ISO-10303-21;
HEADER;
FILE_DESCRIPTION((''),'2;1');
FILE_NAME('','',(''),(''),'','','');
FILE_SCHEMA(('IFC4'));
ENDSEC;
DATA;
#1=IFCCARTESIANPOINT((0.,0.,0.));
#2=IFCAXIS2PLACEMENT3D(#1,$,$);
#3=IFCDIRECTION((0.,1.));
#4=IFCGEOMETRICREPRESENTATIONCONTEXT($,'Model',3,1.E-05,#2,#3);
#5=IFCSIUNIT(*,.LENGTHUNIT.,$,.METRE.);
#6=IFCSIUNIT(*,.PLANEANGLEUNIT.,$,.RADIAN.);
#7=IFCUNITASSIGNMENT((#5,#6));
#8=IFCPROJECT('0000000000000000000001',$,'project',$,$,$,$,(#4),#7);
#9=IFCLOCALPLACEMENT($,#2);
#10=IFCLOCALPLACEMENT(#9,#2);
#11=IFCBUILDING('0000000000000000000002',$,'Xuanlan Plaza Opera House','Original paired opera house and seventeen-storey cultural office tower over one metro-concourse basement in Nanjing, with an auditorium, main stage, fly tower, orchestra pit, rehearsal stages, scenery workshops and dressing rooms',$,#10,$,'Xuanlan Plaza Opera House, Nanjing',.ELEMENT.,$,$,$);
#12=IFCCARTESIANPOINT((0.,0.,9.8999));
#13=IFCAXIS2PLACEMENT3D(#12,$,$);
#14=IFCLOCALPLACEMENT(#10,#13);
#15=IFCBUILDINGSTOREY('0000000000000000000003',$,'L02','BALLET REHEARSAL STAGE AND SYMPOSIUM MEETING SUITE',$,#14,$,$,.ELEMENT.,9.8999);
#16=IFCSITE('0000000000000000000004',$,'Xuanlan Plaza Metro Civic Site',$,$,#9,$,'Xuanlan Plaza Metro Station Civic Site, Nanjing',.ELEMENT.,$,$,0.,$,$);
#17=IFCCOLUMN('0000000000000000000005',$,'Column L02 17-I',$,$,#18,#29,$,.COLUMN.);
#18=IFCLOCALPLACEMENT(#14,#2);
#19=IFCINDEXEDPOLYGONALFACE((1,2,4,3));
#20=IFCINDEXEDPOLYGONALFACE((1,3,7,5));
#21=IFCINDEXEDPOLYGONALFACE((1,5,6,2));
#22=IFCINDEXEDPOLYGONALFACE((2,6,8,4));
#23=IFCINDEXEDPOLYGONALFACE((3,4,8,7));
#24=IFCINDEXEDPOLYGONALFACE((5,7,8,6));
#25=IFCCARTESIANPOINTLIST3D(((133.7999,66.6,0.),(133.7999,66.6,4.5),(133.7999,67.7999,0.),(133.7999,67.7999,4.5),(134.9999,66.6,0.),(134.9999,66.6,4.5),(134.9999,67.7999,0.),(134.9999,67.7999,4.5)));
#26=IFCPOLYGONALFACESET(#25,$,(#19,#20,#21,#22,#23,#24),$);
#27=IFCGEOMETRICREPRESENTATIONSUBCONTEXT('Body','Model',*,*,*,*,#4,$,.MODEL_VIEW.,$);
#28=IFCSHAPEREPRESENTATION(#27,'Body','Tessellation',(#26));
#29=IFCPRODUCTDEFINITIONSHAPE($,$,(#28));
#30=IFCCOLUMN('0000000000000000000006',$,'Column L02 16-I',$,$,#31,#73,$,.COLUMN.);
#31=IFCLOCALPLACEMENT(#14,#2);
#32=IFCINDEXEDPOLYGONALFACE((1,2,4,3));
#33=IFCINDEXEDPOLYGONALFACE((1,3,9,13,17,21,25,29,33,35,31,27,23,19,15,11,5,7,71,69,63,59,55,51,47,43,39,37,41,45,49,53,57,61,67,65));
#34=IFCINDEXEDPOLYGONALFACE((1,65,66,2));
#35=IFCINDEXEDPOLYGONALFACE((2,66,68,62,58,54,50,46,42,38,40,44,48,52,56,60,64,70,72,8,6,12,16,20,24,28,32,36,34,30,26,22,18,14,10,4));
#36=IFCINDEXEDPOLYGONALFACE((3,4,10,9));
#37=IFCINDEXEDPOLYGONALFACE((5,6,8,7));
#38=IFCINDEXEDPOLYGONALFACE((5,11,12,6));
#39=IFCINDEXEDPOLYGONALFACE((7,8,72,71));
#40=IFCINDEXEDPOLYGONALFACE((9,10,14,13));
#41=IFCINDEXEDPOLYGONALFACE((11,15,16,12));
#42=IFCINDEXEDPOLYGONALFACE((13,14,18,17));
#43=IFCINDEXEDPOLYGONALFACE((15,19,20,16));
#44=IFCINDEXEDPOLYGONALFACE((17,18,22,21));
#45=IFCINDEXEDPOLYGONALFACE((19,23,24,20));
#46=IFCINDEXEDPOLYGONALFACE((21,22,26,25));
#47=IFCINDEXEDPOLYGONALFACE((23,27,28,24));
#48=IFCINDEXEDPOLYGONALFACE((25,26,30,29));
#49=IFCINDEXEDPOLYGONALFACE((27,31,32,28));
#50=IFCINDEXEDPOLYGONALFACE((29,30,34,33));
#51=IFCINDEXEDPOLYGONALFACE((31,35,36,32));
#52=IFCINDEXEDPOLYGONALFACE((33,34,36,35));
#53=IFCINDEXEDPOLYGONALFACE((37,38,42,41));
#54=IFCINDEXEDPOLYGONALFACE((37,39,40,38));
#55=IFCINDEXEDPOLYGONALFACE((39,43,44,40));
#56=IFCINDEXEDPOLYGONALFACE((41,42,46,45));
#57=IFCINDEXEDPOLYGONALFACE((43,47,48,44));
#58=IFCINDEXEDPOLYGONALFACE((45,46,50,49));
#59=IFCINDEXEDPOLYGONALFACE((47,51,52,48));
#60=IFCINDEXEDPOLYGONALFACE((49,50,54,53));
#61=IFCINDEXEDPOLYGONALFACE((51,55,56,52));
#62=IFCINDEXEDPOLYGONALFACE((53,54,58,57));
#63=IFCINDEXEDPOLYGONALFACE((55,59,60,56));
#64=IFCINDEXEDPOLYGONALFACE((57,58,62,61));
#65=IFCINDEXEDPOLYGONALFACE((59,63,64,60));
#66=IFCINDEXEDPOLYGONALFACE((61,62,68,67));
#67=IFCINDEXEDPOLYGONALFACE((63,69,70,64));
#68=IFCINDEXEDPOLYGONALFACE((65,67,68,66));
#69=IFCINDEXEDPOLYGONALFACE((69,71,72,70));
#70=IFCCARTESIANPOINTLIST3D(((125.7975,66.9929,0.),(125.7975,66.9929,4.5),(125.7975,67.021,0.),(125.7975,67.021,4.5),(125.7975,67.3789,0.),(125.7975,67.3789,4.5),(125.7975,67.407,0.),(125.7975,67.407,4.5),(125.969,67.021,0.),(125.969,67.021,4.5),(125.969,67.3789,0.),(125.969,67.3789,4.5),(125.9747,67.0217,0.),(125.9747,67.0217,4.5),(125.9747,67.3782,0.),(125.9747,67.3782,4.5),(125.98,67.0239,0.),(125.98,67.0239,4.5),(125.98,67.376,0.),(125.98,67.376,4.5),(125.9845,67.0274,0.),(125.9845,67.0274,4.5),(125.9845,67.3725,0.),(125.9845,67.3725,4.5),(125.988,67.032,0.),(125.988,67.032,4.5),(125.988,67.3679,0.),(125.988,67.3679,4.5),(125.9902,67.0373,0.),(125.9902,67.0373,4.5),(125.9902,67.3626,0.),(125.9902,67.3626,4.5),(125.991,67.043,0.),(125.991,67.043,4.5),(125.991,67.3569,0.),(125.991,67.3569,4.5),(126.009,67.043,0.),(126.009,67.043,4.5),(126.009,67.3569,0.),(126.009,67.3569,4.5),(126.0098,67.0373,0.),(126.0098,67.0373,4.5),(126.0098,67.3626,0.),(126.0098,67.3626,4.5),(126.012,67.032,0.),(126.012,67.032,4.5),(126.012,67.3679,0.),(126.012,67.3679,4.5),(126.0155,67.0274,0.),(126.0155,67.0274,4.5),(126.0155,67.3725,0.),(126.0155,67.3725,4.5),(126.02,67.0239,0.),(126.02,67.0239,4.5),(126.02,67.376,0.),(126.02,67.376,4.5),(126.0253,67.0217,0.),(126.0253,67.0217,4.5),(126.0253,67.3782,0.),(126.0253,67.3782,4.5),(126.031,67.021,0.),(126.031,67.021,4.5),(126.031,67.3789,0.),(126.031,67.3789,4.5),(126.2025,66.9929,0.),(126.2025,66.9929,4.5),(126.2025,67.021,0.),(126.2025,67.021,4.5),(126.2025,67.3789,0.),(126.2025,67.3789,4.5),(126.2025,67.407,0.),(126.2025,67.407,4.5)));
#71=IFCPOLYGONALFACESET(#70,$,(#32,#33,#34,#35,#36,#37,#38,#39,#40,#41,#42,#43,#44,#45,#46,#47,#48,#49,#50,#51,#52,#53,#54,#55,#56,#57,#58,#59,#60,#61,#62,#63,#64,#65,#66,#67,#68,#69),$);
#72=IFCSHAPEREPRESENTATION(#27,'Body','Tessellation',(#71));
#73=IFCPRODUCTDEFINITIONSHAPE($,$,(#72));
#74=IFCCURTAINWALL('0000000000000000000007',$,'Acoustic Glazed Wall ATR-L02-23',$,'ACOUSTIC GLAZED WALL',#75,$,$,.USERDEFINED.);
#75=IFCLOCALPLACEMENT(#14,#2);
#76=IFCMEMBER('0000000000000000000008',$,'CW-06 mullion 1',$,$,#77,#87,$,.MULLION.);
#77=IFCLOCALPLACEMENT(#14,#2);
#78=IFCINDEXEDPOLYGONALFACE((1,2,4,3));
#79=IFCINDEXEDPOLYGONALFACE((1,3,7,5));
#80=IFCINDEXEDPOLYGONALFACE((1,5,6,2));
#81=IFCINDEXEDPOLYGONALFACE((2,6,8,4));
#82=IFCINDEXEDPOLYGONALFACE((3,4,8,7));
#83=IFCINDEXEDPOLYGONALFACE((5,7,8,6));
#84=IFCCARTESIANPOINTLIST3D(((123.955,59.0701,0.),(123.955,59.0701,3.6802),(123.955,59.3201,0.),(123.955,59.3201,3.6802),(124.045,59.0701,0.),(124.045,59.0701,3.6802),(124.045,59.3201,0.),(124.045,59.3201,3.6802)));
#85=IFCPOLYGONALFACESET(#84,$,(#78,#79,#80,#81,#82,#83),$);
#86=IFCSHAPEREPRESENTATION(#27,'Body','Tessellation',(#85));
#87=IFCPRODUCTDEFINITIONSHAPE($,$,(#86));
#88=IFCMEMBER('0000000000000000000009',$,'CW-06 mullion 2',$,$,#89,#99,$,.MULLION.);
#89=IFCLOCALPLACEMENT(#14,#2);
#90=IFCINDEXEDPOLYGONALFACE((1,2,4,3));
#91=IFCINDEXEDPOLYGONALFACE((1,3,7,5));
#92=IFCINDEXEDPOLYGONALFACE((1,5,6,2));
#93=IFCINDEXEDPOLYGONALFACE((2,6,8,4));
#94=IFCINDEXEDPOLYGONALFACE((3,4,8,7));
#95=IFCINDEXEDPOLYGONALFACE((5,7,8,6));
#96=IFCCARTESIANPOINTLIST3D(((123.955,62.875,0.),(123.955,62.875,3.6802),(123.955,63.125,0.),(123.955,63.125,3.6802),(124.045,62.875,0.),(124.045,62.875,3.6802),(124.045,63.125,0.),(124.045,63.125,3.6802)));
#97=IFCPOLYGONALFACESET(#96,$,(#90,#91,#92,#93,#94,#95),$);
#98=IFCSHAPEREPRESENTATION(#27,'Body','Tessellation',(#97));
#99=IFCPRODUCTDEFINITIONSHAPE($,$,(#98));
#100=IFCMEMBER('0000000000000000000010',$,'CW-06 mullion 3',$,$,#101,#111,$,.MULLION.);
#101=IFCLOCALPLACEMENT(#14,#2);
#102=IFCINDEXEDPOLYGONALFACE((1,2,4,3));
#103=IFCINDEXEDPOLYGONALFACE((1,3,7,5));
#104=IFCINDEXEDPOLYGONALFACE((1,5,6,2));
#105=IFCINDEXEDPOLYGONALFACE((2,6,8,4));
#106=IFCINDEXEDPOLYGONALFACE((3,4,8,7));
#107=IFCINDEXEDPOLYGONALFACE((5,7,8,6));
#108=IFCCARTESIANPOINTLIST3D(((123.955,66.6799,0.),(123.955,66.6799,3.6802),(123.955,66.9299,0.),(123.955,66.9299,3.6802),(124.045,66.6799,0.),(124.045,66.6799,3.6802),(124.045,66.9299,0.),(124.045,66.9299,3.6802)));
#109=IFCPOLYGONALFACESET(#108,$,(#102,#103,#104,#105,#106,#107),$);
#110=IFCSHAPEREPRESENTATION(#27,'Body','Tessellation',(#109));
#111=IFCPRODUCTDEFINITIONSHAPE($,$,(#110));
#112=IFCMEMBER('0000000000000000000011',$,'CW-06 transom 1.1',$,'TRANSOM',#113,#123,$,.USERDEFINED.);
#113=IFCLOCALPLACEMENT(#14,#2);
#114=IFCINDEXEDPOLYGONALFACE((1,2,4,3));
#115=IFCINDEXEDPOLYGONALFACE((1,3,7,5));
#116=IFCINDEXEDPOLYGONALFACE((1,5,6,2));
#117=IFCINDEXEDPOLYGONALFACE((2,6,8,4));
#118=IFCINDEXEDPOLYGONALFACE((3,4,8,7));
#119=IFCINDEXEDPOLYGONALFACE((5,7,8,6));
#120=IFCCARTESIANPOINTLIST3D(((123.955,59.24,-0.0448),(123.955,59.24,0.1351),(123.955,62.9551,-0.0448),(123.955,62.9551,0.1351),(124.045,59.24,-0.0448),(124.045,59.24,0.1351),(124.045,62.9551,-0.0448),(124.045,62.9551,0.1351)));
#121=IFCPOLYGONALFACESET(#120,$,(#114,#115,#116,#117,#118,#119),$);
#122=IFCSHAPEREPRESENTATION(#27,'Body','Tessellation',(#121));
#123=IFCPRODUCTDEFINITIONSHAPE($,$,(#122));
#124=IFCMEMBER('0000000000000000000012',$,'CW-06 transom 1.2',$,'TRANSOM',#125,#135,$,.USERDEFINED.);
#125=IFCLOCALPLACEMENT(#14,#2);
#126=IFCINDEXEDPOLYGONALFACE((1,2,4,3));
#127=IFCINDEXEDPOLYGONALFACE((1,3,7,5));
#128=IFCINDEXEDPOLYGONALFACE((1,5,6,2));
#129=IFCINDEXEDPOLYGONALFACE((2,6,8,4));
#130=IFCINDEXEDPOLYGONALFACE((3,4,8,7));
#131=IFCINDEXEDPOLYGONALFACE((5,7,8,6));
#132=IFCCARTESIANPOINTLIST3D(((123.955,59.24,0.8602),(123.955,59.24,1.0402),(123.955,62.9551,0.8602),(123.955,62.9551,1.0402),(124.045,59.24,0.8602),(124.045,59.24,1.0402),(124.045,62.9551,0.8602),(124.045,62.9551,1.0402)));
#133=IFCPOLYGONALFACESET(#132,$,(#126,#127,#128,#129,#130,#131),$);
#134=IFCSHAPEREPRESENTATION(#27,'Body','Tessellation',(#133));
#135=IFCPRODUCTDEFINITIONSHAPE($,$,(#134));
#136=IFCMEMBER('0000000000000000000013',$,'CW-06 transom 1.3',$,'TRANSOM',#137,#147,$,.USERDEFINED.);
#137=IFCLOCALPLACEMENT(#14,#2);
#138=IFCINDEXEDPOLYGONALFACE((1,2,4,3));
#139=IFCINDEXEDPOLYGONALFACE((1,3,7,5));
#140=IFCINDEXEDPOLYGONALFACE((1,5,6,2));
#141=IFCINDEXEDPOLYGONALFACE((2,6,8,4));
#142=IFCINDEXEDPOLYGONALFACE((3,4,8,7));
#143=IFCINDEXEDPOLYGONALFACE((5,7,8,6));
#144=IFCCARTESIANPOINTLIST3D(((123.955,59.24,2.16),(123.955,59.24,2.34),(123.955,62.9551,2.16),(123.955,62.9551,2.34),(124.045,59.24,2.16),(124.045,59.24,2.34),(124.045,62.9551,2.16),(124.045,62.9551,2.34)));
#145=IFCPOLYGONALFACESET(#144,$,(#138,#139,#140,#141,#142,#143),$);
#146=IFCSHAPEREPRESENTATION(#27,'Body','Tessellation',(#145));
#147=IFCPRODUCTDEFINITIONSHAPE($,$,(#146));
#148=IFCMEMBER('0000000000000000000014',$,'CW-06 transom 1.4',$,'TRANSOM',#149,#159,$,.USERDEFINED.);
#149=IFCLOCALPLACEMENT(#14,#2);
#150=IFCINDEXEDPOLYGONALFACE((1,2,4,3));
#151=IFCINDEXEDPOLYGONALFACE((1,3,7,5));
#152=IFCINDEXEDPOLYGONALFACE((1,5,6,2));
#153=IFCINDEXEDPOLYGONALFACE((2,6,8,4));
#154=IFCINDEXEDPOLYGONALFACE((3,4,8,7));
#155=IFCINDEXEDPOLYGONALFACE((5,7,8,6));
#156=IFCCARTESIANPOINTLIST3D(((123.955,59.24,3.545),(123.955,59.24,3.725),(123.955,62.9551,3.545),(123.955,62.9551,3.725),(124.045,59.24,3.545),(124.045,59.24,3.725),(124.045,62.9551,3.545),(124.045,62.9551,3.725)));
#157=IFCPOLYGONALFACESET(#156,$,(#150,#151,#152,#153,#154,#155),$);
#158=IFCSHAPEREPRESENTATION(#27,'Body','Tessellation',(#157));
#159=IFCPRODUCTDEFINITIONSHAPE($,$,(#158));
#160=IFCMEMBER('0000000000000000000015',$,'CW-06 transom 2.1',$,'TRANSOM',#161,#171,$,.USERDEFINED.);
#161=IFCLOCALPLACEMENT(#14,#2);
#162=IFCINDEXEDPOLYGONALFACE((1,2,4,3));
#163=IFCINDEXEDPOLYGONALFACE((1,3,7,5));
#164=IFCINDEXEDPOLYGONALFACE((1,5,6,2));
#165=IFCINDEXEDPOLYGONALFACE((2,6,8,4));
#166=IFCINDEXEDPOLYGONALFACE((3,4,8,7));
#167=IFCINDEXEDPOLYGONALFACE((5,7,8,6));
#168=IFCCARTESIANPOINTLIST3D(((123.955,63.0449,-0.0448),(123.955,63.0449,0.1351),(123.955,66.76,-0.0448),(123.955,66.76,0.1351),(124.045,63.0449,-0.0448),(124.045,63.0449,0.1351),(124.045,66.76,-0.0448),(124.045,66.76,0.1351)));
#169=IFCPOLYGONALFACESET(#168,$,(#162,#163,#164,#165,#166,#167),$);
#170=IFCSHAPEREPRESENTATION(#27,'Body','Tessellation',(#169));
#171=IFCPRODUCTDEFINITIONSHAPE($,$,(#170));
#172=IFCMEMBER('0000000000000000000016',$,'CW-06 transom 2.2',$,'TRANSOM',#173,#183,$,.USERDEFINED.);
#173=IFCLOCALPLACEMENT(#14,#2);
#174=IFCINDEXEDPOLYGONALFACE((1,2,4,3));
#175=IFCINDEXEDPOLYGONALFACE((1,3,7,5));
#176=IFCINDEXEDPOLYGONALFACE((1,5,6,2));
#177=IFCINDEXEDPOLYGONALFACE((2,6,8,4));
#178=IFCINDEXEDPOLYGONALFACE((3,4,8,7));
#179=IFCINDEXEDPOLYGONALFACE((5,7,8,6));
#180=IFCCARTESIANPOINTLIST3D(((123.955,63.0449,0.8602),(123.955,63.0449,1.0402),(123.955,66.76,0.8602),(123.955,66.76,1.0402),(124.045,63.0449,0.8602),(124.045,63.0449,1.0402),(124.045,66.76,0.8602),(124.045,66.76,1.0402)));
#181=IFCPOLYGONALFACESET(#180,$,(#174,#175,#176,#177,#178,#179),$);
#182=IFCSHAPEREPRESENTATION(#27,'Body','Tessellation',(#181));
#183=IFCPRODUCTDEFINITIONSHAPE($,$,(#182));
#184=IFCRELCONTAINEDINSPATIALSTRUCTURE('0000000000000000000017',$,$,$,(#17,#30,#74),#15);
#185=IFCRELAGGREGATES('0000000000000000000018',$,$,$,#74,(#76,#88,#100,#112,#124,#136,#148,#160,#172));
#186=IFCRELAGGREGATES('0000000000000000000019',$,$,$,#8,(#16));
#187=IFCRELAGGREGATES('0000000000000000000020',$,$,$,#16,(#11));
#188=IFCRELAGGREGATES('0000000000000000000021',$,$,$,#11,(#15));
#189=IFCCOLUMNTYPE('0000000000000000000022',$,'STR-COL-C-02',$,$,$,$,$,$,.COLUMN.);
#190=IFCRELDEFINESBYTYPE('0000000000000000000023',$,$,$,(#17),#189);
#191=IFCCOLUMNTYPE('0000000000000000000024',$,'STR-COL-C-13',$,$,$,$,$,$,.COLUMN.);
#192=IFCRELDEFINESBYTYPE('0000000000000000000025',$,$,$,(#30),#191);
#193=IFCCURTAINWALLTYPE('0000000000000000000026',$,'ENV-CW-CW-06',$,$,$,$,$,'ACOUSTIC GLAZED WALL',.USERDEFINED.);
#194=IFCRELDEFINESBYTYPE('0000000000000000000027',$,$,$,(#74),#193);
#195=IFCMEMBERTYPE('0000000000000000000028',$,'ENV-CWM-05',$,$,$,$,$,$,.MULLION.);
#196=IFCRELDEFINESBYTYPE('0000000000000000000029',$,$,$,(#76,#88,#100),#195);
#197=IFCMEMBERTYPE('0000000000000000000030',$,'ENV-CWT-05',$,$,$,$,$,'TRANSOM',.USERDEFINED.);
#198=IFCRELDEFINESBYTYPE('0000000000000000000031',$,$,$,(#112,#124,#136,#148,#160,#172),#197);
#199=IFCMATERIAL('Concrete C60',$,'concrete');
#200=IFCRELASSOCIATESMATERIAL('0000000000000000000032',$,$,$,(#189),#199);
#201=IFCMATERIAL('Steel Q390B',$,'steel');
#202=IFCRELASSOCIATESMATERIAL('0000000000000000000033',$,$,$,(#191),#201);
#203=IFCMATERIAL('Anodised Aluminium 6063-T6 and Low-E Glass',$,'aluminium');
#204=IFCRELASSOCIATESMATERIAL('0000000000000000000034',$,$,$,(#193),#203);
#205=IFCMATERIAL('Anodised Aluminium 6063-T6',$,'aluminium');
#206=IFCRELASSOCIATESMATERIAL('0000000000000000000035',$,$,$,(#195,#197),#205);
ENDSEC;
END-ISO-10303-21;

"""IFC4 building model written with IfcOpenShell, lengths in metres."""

from ifc_helpers import new_model, si_unit, direction, frame, origin, origin_2d, place, context, subcontext, project, spatial, rectangle, i_section, extrude, material, material_profile, profile_set, type_object, element, aggregate, save


model = new_model("IFC4")

# Units and contexts
model_context = context("Model", 3, precision=1e-05, world=origin(), true_north=direction((0.0, 1.0)))
body_context = subcontext(model_context, "Body", "Model", "MODEL_VIEW")
ifc_project = project(units=[si_unit("LENGTHUNIT", "METRE"), si_unit("PLANEANGLEUNIT", "RADIAN")], contexts=[model_context])

# Site, building, storey
site_placement = place(None, origin())
site = spatial("IfcSite", under=ifc_project, at=site_placement, Name="Xuanlan Plaza Metro Civic Site", LongName="Xuanlan Plaza Metro Station Civic Site, Nanjing", CompositionType="ELEMENT", RefElevation=0.0)
building_placement = place(site_placement, origin())
building = spatial("IfcBuilding", under=site, at=building_placement, Name="Xuanlan Plaza Opera House", Description="Original paired opera house and seventeen-storey cultural office tower over one metro-concourse basement in Nanjing, with an auditorium, main stage, fly tower, orchestra pit, rehearsal stages, scenery workshops and dressing rooms", LongName="Xuanlan Plaza Opera House, Nanjing", CompositionType="ELEMENT")
storey_placement = place(building_placement, frame((0.0, 0.0, 9.8999)))
storey = spatial("IfcBuildingStorey", under=building, at=storey_placement, Name="L02", Description="BALLET REHEARSAL STAGE AND SYMPOSIUM MEETING SUITE", CompositionType="ELEMENT", Elevation=9.8999)

# Columns
ifc_material_1 = material(Name="Concrete C60", Category="concrete")
ifc_material_profile_1 = material_profile(ifc_material_1, rectangle(XDim=1.2, YDim=1.2, at=origin_2d()), Name="RC-COL 1200x1200")
ifc_profile_set_1 = profile_set([ifc_material_profile_1], Name="Concrete C60")
column_type_1 = type_object("IfcColumnType", Name="STR-COL-C-02", PredefinedType="COLUMN", material=ifc_profile_set_1)
column_1_placement = place(storey_placement, frame((134.3999, 67.2, 0.0), z_axis=(0.0, 0.0, 1.0), x_axis=(1.0, 0.0, 0.0)))
element("IfcColumn", 1, at=column_1_placement, inside=storey, type_object=column_type_1, Name="Column L02 17-I", PredefinedType="COLUMN", context=body_context, shape_type="SweptSolid", body=[
    extrude(rectangle(XDim=1.2, YDim=1.2, at=origin_2d()), origin(), (0.0, 0.0, 1.0), 4.5),
])
ifc_material_2 = material(Name="Steel Q390B", Category="steel")
ifc_material_profile_2 = material_profile(ifc_material_2, i_section(OverallWidth=0.405, OverallDepth=0.4141, WebThickness=0.0181, FlangeThickness=0.0281, FilletRadius=0.022, at=origin_2d()), Name="HW 414x405x18x28")
ifc_profile_set_2 = profile_set([ifc_material_profile_2], Name="Steel Q390B")
column_type_2 = type_object("IfcColumnType", Name="STR-COL-C-13", PredefinedType="COLUMN", material=ifc_profile_set_2)
column_2_placement = place(storey_placement, frame((126.0, 67.2, 0.0), z_axis=(0.0, 0.0, 1.0), x_axis=(1.0, 0.0, 0.0)))
element("IfcColumn", 2, at=column_2_placement, inside=storey, type_object=column_type_2, Name="Column L02 16-I", PredefinedType="COLUMN", context=body_context, shape_type="SweptSolid", body=[
    extrude(i_section(OverallWidth=0.405, OverallDepth=0.4141, WebThickness=0.0181, FlangeThickness=0.0281, FilletRadius=0.022, at=origin_2d()), origin(), (0.0, 0.0, 1.0), 4.5),
])

# Curtain wall, members
ifc_material_3 = material(Name="Anodised Aluminium 6063-T6 and Low-E Glass", Category="aluminium")
curtain_wall_type = type_object("IfcCurtainWallType", Name="ENV-CW-CW-06", ElementType="ACOUSTIC GLAZED WALL", PredefinedType="USERDEFINED", material=ifc_material_3)
curtain_wall_placement = place(storey_placement, origin())
curtain_wall = element("IfcCurtainWall", 3, at=curtain_wall_placement, inside=storey, type_object=curtain_wall_type, Name="Acoustic Glazed Wall ATR-L02-23", ObjectType="ACOUSTIC GLAZED WALL", PredefinedType="USERDEFINED")
ifc_material_4 = material(Name="Anodised Aluminium 6063-T6", Category="aluminium")
ifc_material_profile_3 = material_profile(ifc_material_4, rectangle(XDim=0.0901, YDim=0.25, at=origin_2d()), Name="ALU-M 90x250")
ifc_profile_set_3 = profile_set([ifc_material_profile_3], Name="Anodised Aluminium 6063-T6")
member_type_1 = type_object("IfcMemberType", Name="ENV-CWM-05", PredefinedType="MULLION", material=ifc_profile_set_3)
member_1_placement = place(storey_placement, frame((124.0, 59.1951, 0.0), z_axis=(0.0, 0.0, 1.0), x_axis=(-1.0, 0.0, 0.0)))
member_1 = element("IfcMember", 4, at=member_1_placement, type_object=member_type_1, Name="CW-06 mullion 1", PredefinedType="MULLION", context=body_context, shape_type="SweptSolid", body=[
    extrude(rectangle(XDim=0.0901, YDim=0.25, at=origin_2d()), origin(), (0.0, 0.0, 1.0), 3.6802),
])
member_2_placement = place(storey_placement, frame((124.0, 63.0, 0.0), z_axis=(0.0, 0.0, 1.0), x_axis=(-1.0, 0.0, 0.0)))
member_2 = element("IfcMember", 5, at=member_2_placement, type_object=member_type_1, Name="CW-06 mullion 2", PredefinedType="MULLION", context=body_context, shape_type="SweptSolid", body=[
    extrude(rectangle(XDim=0.0901, YDim=0.25, at=origin_2d()), origin(), (0.0, 0.0, 1.0), 3.6802),
])
member_3_placement = place(storey_placement, frame((124.0, 66.8049, 0.0), z_axis=(0.0, 0.0, 1.0), x_axis=(-1.0, 0.0, 0.0)))
member_3 = element("IfcMember", 6, at=member_3_placement, type_object=member_type_1, Name="CW-06 mullion 3", PredefinedType="MULLION", context=body_context, shape_type="SweptSolid", body=[
    extrude(rectangle(XDim=0.0901, YDim=0.25, at=origin_2d()), origin(), (0.0, 0.0, 1.0), 3.6802),
])
ifc_material_profile_4 = material_profile(ifc_material_4, rectangle(XDim=0.0901, YDim=0.1799, at=origin_2d()), Name="ALU-T 90x180")
ifc_profile_set_4 = profile_set([ifc_material_profile_4], Name="Anodised Aluminium 6063-T6")
member_type_2 = type_object("IfcMemberType", Name="ENV-CWT-05", ElementType="TRANSOM", PredefinedType="USERDEFINED", material=ifc_profile_set_4)
member_4_placement = place(storey_placement, frame((124.0, 59.24, 0.0452), z_axis=(0.0, 1.0, 0.0), x_axis=(-1.0, 0.0, 0.0)))
member_4 = element("IfcMember", 7, at=member_4_placement, type_object=member_type_2, Name="CW-06 transom 1.1", ObjectType="TRANSOM", PredefinedType="USERDEFINED", context=body_context, shape_type="SweptSolid", body=[
    extrude(rectangle(XDim=0.0901, YDim=0.1799, at=origin_2d()), origin(), (0.0, 0.0, 1.0), 3.7151),
])
member_5_placement = place(storey_placement, frame((124.0, 59.24, 0.9502), z_axis=(0.0, 1.0, 0.0), x_axis=(-1.0, 0.0, 0.0)))
member_5 = element("IfcMember", 8, at=member_5_placement, type_object=member_type_2, Name="CW-06 transom 1.2", ObjectType="TRANSOM", PredefinedType="USERDEFINED", context=body_context, shape_type="SweptSolid", body=[
    extrude(rectangle(XDim=0.0901, YDim=0.1799, at=origin_2d()), origin(), (0.0, 0.0, 1.0), 3.7151),
])
member_6_placement = place(storey_placement, frame((124.0, 59.24, 2.25), z_axis=(0.0, 1.0, 0.0), x_axis=(-1.0, 0.0, 0.0)))
member_6 = element("IfcMember", 9, at=member_6_placement, type_object=member_type_2, Name="CW-06 transom 1.3", ObjectType="TRANSOM", PredefinedType="USERDEFINED", context=body_context, shape_type="SweptSolid", body=[
    extrude(rectangle(XDim=0.0901, YDim=0.1799, at=origin_2d()), origin(), (0.0, 0.0, 1.0), 3.7151),
])
member_7_placement = place(storey_placement, frame((124.0, 59.24, 3.635), z_axis=(0.0, 1.0, 0.0), x_axis=(-1.0, 0.0, 0.0)))
member_7 = element("IfcMember", 10, at=member_7_placement, type_object=member_type_2, Name="CW-06 transom 1.4", ObjectType="TRANSOM", PredefinedType="USERDEFINED", context=body_context, shape_type="SweptSolid", body=[
    extrude(rectangle(XDim=0.0901, YDim=0.1799, at=origin_2d()), origin(), (0.0, 0.0, 1.0), 3.7151),
])
member_8_placement = place(storey_placement, frame((124.0, 63.0449, 0.0452), z_axis=(0.0, 1.0, 0.0), x_axis=(-1.0, 0.0, 0.0)))
member_8 = element("IfcMember", 11, at=member_8_placement, type_object=member_type_2, Name="CW-06 transom 2.1", ObjectType="TRANSOM", PredefinedType="USERDEFINED", context=body_context, shape_type="SweptSolid", body=[
    extrude(rectangle(XDim=0.0901, YDim=0.1799, at=origin_2d()), origin(), (0.0, 0.0, 1.0), 3.7151),
])
member_9_placement = place(storey_placement, frame((124.0, 63.0449, 0.9502), z_axis=(0.0, 1.0, 0.0), x_axis=(-1.0, 0.0, 0.0)))
member_9 = element("IfcMember", 12, at=member_9_placement, type_object=member_type_2, Name="CW-06 transom 2.2", ObjectType="TRANSOM", PredefinedType="USERDEFINED", context=body_context, shape_type="SweptSolid", body=[
    extrude(rectangle(XDim=0.0901, YDim=0.1799, at=origin_2d()), origin(), (0.0, 0.0, 1.0), 3.7151),
])

aggregate(curtain_wall, [member_1, member_2, member_3, member_4, member_5, member_6, member_7, member_8, member_9])

save(model, "model.ifc")
